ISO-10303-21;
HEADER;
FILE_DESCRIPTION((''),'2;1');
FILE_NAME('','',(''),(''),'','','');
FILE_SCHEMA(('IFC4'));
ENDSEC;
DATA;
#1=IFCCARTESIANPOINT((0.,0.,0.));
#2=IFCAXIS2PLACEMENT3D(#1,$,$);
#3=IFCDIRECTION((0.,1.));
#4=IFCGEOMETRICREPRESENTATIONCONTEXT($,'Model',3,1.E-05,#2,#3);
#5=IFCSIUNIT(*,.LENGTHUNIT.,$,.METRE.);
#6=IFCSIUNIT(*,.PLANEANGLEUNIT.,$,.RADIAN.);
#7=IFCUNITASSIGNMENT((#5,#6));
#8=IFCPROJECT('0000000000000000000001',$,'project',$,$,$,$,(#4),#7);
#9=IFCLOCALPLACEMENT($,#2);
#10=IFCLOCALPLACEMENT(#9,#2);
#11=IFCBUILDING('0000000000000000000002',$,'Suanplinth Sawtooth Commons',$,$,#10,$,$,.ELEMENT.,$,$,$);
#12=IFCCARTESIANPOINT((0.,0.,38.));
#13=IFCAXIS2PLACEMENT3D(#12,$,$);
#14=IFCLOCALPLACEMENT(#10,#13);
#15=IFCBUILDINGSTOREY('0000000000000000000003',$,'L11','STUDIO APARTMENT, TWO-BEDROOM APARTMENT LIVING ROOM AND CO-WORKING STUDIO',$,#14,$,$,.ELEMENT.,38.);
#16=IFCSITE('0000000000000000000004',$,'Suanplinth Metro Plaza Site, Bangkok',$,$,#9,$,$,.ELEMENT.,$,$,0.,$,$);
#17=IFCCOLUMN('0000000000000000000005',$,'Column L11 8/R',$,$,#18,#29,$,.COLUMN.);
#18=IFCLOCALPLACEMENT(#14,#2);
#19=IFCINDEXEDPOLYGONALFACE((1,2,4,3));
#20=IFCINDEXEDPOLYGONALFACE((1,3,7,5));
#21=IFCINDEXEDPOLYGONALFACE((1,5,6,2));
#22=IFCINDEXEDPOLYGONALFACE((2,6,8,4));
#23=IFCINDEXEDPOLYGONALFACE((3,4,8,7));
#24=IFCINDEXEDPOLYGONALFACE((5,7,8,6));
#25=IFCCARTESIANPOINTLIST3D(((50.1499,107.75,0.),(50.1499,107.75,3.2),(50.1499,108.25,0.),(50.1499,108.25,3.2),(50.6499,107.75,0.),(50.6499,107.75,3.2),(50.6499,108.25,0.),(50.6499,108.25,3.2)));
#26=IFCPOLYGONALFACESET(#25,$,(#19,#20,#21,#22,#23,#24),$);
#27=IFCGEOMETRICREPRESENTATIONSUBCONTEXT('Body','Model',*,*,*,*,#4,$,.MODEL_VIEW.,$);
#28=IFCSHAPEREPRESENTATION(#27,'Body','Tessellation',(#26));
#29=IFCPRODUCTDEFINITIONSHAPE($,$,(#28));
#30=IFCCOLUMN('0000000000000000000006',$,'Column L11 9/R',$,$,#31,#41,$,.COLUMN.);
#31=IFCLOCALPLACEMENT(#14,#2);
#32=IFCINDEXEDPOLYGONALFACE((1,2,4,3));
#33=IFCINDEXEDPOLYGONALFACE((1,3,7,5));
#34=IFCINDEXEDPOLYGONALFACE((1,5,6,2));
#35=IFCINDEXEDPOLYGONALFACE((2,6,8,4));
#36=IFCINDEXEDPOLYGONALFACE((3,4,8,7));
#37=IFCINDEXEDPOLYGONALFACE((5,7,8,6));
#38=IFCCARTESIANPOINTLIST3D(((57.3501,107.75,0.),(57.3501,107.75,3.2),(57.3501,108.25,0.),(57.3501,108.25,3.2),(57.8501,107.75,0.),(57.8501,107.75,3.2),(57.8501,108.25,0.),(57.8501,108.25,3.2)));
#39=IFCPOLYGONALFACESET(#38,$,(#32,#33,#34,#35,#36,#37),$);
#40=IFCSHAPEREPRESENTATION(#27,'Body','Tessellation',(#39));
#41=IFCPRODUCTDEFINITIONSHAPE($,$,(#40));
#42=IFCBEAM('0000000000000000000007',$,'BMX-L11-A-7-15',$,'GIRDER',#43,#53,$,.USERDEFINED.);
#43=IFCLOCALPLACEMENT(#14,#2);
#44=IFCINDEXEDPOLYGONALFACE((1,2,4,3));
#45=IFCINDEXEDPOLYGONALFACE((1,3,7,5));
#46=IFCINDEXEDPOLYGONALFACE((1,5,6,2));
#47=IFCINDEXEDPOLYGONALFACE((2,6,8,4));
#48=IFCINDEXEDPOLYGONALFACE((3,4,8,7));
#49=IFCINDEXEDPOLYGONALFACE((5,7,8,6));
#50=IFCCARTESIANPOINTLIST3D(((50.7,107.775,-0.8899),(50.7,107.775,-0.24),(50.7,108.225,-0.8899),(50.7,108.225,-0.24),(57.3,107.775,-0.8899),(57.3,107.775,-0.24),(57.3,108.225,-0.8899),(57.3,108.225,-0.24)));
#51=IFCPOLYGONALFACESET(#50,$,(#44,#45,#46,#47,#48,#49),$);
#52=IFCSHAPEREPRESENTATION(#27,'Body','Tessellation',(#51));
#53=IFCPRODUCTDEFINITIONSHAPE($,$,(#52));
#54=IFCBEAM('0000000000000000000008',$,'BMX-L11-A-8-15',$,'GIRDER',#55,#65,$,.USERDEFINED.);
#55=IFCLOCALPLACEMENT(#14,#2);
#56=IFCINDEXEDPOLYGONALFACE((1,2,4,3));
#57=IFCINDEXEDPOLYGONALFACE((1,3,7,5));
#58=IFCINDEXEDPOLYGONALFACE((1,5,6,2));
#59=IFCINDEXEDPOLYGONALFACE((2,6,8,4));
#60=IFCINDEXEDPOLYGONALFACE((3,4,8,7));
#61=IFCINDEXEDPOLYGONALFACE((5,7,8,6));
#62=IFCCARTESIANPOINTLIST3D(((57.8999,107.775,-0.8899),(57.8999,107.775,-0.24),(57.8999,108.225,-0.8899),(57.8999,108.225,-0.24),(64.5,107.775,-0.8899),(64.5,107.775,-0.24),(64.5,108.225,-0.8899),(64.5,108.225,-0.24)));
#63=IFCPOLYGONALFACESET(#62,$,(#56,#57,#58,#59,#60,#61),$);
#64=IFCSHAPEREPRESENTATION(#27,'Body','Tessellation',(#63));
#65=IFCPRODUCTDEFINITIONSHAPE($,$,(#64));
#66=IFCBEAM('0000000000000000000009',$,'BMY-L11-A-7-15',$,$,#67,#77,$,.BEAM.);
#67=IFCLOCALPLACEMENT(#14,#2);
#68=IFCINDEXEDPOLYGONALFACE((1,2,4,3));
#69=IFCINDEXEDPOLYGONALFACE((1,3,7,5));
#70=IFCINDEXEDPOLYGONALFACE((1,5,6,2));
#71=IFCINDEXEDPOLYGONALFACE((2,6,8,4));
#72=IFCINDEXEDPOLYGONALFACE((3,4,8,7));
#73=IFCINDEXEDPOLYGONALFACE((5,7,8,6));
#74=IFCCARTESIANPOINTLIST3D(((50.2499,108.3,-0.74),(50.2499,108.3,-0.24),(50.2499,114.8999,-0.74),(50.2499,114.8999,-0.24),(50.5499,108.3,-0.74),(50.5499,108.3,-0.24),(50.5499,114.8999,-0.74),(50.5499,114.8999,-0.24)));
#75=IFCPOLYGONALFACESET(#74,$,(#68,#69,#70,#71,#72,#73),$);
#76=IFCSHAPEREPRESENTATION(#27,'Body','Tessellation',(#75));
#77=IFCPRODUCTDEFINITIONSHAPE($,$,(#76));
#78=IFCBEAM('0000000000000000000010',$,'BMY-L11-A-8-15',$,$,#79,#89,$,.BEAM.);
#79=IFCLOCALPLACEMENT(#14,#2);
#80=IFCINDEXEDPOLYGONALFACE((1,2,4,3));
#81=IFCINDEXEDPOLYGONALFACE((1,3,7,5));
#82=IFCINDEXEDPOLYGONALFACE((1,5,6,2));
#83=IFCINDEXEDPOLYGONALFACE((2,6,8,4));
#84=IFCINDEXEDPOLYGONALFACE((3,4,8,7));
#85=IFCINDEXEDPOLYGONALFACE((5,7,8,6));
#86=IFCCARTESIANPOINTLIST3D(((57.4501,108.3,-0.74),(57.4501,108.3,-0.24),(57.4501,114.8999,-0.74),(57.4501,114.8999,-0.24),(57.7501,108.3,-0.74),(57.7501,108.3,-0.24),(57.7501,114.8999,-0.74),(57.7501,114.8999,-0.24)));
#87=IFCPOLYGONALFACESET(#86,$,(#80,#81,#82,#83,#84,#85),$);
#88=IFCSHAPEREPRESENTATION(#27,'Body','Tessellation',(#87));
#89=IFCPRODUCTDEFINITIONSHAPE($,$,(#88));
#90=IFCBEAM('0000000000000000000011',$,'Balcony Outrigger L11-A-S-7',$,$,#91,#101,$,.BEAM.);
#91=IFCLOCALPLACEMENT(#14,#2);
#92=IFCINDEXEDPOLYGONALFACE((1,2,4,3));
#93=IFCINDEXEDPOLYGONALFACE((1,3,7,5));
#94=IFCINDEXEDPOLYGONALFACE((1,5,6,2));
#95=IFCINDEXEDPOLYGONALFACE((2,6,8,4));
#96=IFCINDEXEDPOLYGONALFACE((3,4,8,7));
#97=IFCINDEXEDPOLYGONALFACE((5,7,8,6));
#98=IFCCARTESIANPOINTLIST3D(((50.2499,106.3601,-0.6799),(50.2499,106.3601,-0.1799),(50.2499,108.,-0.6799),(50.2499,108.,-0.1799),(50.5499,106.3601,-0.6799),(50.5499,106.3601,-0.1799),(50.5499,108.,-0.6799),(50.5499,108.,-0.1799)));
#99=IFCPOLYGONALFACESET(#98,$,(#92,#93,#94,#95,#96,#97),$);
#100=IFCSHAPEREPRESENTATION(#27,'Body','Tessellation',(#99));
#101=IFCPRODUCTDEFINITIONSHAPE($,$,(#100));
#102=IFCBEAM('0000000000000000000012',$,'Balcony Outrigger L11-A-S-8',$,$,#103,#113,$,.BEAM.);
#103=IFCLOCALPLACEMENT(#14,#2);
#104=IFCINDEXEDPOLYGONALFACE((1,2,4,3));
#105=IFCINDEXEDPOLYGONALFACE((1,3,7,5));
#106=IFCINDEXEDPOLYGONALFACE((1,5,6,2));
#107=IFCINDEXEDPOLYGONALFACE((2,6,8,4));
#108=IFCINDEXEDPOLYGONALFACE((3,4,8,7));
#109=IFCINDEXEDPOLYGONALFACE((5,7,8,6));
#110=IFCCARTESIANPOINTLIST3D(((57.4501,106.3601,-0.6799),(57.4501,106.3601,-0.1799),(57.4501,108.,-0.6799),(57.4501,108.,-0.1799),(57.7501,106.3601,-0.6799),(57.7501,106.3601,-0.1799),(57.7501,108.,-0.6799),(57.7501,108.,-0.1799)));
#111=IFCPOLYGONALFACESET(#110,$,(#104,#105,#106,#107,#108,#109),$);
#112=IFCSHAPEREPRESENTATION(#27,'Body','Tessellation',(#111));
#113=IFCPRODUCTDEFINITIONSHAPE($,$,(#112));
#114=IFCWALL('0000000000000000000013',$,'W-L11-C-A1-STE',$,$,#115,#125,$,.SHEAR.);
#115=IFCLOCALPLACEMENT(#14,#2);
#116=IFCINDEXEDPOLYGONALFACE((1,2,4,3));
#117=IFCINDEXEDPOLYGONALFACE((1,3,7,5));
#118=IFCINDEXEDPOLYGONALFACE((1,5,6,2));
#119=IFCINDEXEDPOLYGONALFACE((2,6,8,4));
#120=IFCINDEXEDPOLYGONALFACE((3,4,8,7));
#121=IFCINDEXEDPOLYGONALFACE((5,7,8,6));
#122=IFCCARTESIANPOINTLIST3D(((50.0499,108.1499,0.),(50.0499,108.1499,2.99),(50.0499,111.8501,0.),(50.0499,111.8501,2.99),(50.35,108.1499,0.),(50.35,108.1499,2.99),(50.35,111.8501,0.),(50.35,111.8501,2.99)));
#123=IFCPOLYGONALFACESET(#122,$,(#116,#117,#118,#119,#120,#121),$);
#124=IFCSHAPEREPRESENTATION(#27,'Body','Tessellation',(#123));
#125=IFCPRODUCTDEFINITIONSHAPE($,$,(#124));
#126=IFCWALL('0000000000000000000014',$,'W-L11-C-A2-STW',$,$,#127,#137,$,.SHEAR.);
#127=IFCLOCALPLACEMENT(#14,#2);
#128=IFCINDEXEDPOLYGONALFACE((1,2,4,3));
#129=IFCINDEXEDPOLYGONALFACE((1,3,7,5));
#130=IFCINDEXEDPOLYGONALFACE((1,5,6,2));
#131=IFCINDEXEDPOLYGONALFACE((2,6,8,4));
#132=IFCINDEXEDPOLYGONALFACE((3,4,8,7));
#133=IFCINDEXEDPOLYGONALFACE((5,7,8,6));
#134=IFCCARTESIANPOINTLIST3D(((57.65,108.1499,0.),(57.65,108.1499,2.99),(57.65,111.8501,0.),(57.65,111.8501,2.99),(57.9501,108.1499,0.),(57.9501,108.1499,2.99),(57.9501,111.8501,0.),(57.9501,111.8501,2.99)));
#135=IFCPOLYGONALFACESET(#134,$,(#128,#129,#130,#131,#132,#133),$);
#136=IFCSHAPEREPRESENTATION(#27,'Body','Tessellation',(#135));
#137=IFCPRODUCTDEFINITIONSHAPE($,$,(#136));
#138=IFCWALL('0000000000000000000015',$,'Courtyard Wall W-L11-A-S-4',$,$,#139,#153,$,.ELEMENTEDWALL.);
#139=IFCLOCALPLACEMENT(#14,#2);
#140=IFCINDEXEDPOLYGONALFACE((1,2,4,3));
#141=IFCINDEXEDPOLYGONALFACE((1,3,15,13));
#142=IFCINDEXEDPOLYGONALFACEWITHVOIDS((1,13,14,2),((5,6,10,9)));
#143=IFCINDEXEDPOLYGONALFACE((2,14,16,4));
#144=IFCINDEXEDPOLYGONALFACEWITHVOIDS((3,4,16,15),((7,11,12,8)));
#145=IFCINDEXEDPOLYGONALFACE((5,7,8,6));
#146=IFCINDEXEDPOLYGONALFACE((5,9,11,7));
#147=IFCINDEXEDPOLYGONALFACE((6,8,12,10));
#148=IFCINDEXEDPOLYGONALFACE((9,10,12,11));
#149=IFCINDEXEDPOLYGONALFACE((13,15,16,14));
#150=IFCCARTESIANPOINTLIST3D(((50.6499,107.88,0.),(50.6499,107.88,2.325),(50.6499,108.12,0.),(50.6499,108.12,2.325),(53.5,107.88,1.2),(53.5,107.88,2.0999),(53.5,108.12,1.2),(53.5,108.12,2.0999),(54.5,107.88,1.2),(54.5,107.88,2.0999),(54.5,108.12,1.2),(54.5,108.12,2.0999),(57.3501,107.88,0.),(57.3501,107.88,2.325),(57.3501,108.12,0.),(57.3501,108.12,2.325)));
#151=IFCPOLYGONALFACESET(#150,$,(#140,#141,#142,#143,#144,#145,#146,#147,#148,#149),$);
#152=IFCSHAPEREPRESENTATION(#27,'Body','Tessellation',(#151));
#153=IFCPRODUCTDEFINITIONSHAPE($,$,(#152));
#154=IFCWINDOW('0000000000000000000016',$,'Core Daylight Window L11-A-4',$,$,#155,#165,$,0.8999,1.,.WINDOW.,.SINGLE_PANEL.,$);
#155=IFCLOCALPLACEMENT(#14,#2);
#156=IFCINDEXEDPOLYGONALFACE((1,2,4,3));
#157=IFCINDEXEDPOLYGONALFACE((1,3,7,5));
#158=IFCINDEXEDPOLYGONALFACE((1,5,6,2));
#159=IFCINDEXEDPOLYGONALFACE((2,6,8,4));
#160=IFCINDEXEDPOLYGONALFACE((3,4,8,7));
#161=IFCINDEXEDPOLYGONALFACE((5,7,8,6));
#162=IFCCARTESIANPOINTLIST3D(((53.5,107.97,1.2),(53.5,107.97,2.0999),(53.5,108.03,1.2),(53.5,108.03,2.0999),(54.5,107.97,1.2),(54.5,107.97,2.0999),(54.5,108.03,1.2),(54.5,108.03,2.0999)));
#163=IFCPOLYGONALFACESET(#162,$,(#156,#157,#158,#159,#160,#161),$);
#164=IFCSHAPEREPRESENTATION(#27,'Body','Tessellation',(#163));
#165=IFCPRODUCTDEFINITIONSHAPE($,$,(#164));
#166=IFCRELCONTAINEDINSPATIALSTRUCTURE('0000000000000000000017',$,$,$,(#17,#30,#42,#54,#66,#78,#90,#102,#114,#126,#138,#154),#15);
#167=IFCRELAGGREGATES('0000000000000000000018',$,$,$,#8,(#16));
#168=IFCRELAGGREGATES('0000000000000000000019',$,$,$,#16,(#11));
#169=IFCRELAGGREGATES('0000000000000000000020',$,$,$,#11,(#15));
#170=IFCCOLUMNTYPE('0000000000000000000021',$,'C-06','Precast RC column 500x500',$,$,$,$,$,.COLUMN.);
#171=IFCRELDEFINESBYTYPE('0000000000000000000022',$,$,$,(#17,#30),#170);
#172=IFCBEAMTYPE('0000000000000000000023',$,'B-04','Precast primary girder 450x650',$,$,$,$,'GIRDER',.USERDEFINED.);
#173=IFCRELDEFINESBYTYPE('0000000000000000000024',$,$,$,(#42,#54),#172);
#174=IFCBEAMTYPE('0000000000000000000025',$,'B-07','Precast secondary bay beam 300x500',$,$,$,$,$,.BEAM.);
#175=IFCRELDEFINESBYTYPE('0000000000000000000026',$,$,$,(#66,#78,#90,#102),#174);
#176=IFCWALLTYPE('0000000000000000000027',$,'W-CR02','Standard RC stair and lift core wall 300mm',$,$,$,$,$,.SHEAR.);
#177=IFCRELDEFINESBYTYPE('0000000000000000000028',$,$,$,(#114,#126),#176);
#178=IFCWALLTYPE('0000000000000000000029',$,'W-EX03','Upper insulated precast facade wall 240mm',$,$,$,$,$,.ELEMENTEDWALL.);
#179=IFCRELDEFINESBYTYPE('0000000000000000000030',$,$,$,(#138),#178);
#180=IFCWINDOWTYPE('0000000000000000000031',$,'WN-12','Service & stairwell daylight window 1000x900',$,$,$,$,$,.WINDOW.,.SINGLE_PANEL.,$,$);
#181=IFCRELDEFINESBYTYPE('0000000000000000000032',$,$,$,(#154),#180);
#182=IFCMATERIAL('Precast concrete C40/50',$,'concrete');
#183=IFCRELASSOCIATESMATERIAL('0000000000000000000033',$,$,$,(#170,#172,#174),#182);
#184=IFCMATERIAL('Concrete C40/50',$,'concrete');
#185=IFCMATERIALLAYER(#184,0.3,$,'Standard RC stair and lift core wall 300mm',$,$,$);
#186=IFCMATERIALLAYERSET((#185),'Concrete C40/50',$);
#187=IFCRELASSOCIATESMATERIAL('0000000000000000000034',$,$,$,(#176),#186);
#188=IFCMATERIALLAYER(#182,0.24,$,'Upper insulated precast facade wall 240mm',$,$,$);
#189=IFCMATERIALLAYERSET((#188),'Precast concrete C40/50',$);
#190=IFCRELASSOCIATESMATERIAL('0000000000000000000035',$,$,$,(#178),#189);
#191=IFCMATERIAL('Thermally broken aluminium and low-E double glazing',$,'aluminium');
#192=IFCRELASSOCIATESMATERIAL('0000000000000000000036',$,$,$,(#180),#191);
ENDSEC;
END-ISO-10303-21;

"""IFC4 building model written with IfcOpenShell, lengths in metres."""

from ifc_helpers import new_model, si_unit, direction, frame, frame_2d, origin, origin_2d, place, context, subcontext, project, spatial, rectangle, extrude, material, layer, layer_set, material_profile, profile_set, type_object, element, fill, save


model = new_model("IFC4")

# Units and contexts
model_context = context("Model", 3, precision=1e-05, world=origin(), true_north=direction((0.0, 1.0)))
body_context = subcontext(model_context, "Body", "Model", "MODEL_VIEW")
ifc_project = project(units=[si_unit("LENGTHUNIT", "METRE"), si_unit("PLANEANGLEUNIT", "RADIAN")], contexts=[model_context])

# Site, building, storey
site_placement = place(None, origin())
site = spatial("IfcSite", under=ifc_project, at=site_placement, Name="Suanplinth Metro Plaza Site, Bangkok", CompositionType="ELEMENT", RefElevation=0.0)
building_placement = place(site_placement, origin())
building = spatial("IfcBuilding", under=site, at=building_placement, Name="Suanplinth Sawtooth Commons", CompositionType="ELEMENT")
storey_placement = place(building_placement, frame((0.0, 0.0, 38.0)))
storey = spatial("IfcBuildingStorey", under=building, at=storey_placement, Name="L11", Description="STUDIO APARTMENT, TWO-BEDROOM APARTMENT LIVING ROOM AND CO-WORKING STUDIO", CompositionType="ELEMENT", Elevation=38.0)

# Columns
ifc_material_1 = material(Name="Precast concrete C40/50", Category="concrete")
ifc_material_profile_1 = material_profile(ifc_material_1, rectangle(XDim=0.5, YDim=0.5, at=origin_2d()), Name="PC-COL 500x500")
ifc_profile_set_1 = profile_set([ifc_material_profile_1], Name="Precast concrete C40/50")
column_type = type_object("IfcColumnType", Name="C-06", Description="Precast RC column 500x500", PredefinedType="COLUMN", material=ifc_profile_set_1)
for number, where, z_axis, x_axis, name in (
    (1, (50.3999, 108.0, 0.0), (0.0, 0.0, 1.0), (1.0, 0.0, 0.0), "Column L11 8/R"),
    (2, (57.6001, 108.0, 0.0), (0.0, 0.0, 1.0), (1.0, 0.0, 0.0), "Column L11 9/R"),
):
    element("IfcColumn", number, at=place(storey_placement, frame(where, z_axis=z_axis, x_axis=x_axis)), inside=storey, type_object=column_type, Name=name, PredefinedType="COLUMN", context=body_context, shape_type="SweptSolid", body=[
        extrude(rectangle(XDim=0.5, YDim=0.5, at=origin_2d()), origin(), (0.0, 0.0, 1.0), 3.2),
    ])

# Beams
ifc_material_profile_2 = material_profile(ifc_material_1, rectangle(XDim=0.45, YDim=0.6499, at=origin_2d()), Name="PC-GDR 450x650")
ifc_profile_set_2 = profile_set([ifc_material_profile_2], Name="Precast concrete C40/50")
beam_type_1 = type_object("IfcBeamType", Name="B-04", Description="Precast primary girder 450x650", ElementType="GIRDER", PredefinedType="USERDEFINED", material=ifc_profile_set_2)
for number, where, z_axis, x_axis, name in (
    (3, (50.7, 108.0, -0.5649), (1.0, 0.0, 0.0), (0.0, 1.0, 0.0), "BMX-L11-A-7-15"),
    (4, (57.8999, 108.0, -0.5649), (1.0, 0.0, 0.0), (0.0, 1.0, 0.0), "BMX-L11-A-8-15"),
):
    element("IfcBeam", number, at=place(storey_placement, frame(where, z_axis=z_axis, x_axis=x_axis)), inside=storey, type_object=beam_type_1, Name=name, ObjectType="GIRDER", PredefinedType="USERDEFINED", context=body_context, shape_type="SweptSolid", body=[
        extrude(rectangle(XDim=0.45, YDim=0.6499, at=origin_2d()), origin(), (0.0, 0.0, 1.0), 6.6001),
    ])
ifc_material_profile_3 = material_profile(ifc_material_1, rectangle(XDim=0.3, YDim=0.5, at=origin_2d()), Name="PC-BM 300x500")
ifc_profile_set_3 = profile_set([ifc_material_profile_3], Name="Precast concrete C40/50")
beam_type_2 = type_object("IfcBeamType", Name="B-07", Description="Precast secondary bay beam 300x500", PredefinedType="BEAM", material=ifc_profile_set_3)
for number, where, z_axis, x_axis, name in (
    (5, (50.3999, 108.3, -0.49), (0.0, 1.0, 0.0), (-1.0, 0.0, 0.0), "BMY-L11-A-7-15"),
    (6, (57.6001, 108.3, -0.49), (0.0, 1.0, 0.0), (-1.0, 0.0, 0.0), "BMY-L11-A-8-15"),
):
    element("IfcBeam", number, at=place(storey_placement, frame(where, z_axis=z_axis, x_axis=x_axis)), inside=storey, type_object=beam_type_2, Name=name, PredefinedType="BEAM", context=body_context, shape_type="SweptSolid", body=[
        extrude(rectangle(XDim=0.3, YDim=0.5, at=origin_2d()), origin(), (0.0, 0.0, 1.0), 6.5999),
    ])
for number, where, z_axis, x_axis, name in (
    (7, (50.3999, 108.0, -0.4299), (0.0, -1.0, 0.0), (1.0, 0.0, 0.0), "Balcony Outrigger L11-A-S-7"),
    (8, (57.6001, 108.0, -0.4299), (0.0, -1.0, 0.0), (1.0, 0.0, 0.0), "Balcony Outrigger L11-A-S-8"),
):
    element("IfcBeam", number, at=place(storey_placement, frame(where, z_axis=z_axis, x_axis=x_axis)), inside=storey, type_object=beam_type_2, Name=name, PredefinedType="BEAM", context=body_context, shape_type="SweptSolid", body=[
        extrude(rectangle(XDim=0.3, YDim=0.5, at=origin_2d()), origin(), (0.0, 0.0, 1.0), 1.6399),
    ])

# Walls
ifc_material_2 = material(Name="Concrete C40/50", Category="concrete")
ifc_layer_1 = layer(ifc_material_2, 0.3, Name="Standard RC stair and lift core wall 300mm")
ifc_layer_set_1 = layer_set([ifc_layer_1], Name="Concrete C40/50")
wall_type_1 = type_object("IfcWallType", Name="W-CR02", Description="Standard RC stair and lift core wall 300mm", PredefinedType="SHEAR", material=ifc_layer_set_1)
for number, where, z_axis, x_axis, name in (
    (9, (50.2, 108.1499, 0.0), (0.0, 0.0, 1.0), (0.0, 1.0, 0.0), "W-L11-C-A1-STE"),
    (10, (57.8, 108.1499, 0.0), (0.0, 0.0, 1.0), (0.0, 1.0, 0.0), "W-L11-C-A2-STW"),
):
    element("IfcWall", number, at=place(storey_placement, frame(where, z_axis=z_axis, x_axis=x_axis)), inside=storey, type_object=wall_type_1, Name=name, PredefinedType="SHEAR", context=body_context, shape_type="SweptSolid", body=[
        extrude(rectangle(XDim=3.7002, YDim=0.3, at=frame_2d((1.8501, 0.0))), origin(), (0.0, 0.0, 1.0), 2.99),
    ])

# Wall, opening, window
ifc_layer_2 = layer(ifc_material_1, 0.24, Name="Upper insulated precast facade wall 240mm")
ifc_layer_set_2 = layer_set([ifc_layer_2], Name="Precast concrete C40/50")
wall_type_2 = type_object("IfcWallType", Name="W-EX03", Description="Upper insulated precast facade wall 240mm", PredefinedType="ELEMENTEDWALL", material=ifc_layer_set_2)
wall_1_placement = place(storey_placement, frame((50.6499, 108.0, 0.0), z_axis=(0.0, 0.0, 1.0), x_axis=(1.0, 0.0, 0.0)))
wall_1 = element("IfcWall", 11, at=wall_1_placement, inside=storey, type_object=wall_type_2, Name="Courtyard Wall W-L11-A-S-4", PredefinedType="ELEMENTEDWALL", context=body_context, shape_type="SweptSolid", body=[
    extrude(rectangle(XDim=6.7002, YDim=0.24, at=frame_2d((3.3501, 0.0))), origin(), (0.0, 0.0, 1.0), 2.325),
])
opening_1_placement = place(wall_1_placement, frame((2.8501, 0.0, 1.2)))
opening_1 = element("IfcOpeningElement", 12, at=opening_1_placement, cuts=wall_1, PredefinedType="OPENING", context=body_context, shape_type="SweptSolid", body=[
    extrude(rectangle(XDim=1.0, YDim=0.8999, at=frame_2d((0.5, 0.45))), frame((0.0, 0.1348, 0.0), z_axis=(0.0, -1.0, 0.0), x_axis=(1.0, 0.0, 0.0)), (0.0, 0.0, 1.0), 0.2698),
])
ifc_material_3 = material(Name="Thermally broken aluminium and low-E double glazing", Category="aluminium")
window_type = type_object("IfcWindowType", Name="WN-12", Description="Service & stairwell daylight window 1000x900", PartitioningType="SINGLE_PANEL", PredefinedType="WINDOW", material=ifc_material_3)
window_1_placement = place(opening_1_placement, origin())
window_1 = element("IfcWindow", 13, at=window_1_placement, inside=storey, type_object=window_type, Name="Core Daylight Window L11-A-4", OverallHeight=0.8999, OverallWidth=1.0, PartitioningType="SINGLE_PANEL", PredefinedType="WINDOW", context=body_context, shape_type="SweptSolid", body=[
    extrude(rectangle(XDim=1.0, YDim=0.8999, at=frame_2d((0.5, 0.45))), frame((0.0, 0.03, 0.0), z_axis=(0.0, -1.0, 0.0), x_axis=(1.0, 0.0, 0.0)), (0.0, 0.0, 1.0), 0.0601),
])
fill(opening_1, window_1)

save(model, "model.ifc")
